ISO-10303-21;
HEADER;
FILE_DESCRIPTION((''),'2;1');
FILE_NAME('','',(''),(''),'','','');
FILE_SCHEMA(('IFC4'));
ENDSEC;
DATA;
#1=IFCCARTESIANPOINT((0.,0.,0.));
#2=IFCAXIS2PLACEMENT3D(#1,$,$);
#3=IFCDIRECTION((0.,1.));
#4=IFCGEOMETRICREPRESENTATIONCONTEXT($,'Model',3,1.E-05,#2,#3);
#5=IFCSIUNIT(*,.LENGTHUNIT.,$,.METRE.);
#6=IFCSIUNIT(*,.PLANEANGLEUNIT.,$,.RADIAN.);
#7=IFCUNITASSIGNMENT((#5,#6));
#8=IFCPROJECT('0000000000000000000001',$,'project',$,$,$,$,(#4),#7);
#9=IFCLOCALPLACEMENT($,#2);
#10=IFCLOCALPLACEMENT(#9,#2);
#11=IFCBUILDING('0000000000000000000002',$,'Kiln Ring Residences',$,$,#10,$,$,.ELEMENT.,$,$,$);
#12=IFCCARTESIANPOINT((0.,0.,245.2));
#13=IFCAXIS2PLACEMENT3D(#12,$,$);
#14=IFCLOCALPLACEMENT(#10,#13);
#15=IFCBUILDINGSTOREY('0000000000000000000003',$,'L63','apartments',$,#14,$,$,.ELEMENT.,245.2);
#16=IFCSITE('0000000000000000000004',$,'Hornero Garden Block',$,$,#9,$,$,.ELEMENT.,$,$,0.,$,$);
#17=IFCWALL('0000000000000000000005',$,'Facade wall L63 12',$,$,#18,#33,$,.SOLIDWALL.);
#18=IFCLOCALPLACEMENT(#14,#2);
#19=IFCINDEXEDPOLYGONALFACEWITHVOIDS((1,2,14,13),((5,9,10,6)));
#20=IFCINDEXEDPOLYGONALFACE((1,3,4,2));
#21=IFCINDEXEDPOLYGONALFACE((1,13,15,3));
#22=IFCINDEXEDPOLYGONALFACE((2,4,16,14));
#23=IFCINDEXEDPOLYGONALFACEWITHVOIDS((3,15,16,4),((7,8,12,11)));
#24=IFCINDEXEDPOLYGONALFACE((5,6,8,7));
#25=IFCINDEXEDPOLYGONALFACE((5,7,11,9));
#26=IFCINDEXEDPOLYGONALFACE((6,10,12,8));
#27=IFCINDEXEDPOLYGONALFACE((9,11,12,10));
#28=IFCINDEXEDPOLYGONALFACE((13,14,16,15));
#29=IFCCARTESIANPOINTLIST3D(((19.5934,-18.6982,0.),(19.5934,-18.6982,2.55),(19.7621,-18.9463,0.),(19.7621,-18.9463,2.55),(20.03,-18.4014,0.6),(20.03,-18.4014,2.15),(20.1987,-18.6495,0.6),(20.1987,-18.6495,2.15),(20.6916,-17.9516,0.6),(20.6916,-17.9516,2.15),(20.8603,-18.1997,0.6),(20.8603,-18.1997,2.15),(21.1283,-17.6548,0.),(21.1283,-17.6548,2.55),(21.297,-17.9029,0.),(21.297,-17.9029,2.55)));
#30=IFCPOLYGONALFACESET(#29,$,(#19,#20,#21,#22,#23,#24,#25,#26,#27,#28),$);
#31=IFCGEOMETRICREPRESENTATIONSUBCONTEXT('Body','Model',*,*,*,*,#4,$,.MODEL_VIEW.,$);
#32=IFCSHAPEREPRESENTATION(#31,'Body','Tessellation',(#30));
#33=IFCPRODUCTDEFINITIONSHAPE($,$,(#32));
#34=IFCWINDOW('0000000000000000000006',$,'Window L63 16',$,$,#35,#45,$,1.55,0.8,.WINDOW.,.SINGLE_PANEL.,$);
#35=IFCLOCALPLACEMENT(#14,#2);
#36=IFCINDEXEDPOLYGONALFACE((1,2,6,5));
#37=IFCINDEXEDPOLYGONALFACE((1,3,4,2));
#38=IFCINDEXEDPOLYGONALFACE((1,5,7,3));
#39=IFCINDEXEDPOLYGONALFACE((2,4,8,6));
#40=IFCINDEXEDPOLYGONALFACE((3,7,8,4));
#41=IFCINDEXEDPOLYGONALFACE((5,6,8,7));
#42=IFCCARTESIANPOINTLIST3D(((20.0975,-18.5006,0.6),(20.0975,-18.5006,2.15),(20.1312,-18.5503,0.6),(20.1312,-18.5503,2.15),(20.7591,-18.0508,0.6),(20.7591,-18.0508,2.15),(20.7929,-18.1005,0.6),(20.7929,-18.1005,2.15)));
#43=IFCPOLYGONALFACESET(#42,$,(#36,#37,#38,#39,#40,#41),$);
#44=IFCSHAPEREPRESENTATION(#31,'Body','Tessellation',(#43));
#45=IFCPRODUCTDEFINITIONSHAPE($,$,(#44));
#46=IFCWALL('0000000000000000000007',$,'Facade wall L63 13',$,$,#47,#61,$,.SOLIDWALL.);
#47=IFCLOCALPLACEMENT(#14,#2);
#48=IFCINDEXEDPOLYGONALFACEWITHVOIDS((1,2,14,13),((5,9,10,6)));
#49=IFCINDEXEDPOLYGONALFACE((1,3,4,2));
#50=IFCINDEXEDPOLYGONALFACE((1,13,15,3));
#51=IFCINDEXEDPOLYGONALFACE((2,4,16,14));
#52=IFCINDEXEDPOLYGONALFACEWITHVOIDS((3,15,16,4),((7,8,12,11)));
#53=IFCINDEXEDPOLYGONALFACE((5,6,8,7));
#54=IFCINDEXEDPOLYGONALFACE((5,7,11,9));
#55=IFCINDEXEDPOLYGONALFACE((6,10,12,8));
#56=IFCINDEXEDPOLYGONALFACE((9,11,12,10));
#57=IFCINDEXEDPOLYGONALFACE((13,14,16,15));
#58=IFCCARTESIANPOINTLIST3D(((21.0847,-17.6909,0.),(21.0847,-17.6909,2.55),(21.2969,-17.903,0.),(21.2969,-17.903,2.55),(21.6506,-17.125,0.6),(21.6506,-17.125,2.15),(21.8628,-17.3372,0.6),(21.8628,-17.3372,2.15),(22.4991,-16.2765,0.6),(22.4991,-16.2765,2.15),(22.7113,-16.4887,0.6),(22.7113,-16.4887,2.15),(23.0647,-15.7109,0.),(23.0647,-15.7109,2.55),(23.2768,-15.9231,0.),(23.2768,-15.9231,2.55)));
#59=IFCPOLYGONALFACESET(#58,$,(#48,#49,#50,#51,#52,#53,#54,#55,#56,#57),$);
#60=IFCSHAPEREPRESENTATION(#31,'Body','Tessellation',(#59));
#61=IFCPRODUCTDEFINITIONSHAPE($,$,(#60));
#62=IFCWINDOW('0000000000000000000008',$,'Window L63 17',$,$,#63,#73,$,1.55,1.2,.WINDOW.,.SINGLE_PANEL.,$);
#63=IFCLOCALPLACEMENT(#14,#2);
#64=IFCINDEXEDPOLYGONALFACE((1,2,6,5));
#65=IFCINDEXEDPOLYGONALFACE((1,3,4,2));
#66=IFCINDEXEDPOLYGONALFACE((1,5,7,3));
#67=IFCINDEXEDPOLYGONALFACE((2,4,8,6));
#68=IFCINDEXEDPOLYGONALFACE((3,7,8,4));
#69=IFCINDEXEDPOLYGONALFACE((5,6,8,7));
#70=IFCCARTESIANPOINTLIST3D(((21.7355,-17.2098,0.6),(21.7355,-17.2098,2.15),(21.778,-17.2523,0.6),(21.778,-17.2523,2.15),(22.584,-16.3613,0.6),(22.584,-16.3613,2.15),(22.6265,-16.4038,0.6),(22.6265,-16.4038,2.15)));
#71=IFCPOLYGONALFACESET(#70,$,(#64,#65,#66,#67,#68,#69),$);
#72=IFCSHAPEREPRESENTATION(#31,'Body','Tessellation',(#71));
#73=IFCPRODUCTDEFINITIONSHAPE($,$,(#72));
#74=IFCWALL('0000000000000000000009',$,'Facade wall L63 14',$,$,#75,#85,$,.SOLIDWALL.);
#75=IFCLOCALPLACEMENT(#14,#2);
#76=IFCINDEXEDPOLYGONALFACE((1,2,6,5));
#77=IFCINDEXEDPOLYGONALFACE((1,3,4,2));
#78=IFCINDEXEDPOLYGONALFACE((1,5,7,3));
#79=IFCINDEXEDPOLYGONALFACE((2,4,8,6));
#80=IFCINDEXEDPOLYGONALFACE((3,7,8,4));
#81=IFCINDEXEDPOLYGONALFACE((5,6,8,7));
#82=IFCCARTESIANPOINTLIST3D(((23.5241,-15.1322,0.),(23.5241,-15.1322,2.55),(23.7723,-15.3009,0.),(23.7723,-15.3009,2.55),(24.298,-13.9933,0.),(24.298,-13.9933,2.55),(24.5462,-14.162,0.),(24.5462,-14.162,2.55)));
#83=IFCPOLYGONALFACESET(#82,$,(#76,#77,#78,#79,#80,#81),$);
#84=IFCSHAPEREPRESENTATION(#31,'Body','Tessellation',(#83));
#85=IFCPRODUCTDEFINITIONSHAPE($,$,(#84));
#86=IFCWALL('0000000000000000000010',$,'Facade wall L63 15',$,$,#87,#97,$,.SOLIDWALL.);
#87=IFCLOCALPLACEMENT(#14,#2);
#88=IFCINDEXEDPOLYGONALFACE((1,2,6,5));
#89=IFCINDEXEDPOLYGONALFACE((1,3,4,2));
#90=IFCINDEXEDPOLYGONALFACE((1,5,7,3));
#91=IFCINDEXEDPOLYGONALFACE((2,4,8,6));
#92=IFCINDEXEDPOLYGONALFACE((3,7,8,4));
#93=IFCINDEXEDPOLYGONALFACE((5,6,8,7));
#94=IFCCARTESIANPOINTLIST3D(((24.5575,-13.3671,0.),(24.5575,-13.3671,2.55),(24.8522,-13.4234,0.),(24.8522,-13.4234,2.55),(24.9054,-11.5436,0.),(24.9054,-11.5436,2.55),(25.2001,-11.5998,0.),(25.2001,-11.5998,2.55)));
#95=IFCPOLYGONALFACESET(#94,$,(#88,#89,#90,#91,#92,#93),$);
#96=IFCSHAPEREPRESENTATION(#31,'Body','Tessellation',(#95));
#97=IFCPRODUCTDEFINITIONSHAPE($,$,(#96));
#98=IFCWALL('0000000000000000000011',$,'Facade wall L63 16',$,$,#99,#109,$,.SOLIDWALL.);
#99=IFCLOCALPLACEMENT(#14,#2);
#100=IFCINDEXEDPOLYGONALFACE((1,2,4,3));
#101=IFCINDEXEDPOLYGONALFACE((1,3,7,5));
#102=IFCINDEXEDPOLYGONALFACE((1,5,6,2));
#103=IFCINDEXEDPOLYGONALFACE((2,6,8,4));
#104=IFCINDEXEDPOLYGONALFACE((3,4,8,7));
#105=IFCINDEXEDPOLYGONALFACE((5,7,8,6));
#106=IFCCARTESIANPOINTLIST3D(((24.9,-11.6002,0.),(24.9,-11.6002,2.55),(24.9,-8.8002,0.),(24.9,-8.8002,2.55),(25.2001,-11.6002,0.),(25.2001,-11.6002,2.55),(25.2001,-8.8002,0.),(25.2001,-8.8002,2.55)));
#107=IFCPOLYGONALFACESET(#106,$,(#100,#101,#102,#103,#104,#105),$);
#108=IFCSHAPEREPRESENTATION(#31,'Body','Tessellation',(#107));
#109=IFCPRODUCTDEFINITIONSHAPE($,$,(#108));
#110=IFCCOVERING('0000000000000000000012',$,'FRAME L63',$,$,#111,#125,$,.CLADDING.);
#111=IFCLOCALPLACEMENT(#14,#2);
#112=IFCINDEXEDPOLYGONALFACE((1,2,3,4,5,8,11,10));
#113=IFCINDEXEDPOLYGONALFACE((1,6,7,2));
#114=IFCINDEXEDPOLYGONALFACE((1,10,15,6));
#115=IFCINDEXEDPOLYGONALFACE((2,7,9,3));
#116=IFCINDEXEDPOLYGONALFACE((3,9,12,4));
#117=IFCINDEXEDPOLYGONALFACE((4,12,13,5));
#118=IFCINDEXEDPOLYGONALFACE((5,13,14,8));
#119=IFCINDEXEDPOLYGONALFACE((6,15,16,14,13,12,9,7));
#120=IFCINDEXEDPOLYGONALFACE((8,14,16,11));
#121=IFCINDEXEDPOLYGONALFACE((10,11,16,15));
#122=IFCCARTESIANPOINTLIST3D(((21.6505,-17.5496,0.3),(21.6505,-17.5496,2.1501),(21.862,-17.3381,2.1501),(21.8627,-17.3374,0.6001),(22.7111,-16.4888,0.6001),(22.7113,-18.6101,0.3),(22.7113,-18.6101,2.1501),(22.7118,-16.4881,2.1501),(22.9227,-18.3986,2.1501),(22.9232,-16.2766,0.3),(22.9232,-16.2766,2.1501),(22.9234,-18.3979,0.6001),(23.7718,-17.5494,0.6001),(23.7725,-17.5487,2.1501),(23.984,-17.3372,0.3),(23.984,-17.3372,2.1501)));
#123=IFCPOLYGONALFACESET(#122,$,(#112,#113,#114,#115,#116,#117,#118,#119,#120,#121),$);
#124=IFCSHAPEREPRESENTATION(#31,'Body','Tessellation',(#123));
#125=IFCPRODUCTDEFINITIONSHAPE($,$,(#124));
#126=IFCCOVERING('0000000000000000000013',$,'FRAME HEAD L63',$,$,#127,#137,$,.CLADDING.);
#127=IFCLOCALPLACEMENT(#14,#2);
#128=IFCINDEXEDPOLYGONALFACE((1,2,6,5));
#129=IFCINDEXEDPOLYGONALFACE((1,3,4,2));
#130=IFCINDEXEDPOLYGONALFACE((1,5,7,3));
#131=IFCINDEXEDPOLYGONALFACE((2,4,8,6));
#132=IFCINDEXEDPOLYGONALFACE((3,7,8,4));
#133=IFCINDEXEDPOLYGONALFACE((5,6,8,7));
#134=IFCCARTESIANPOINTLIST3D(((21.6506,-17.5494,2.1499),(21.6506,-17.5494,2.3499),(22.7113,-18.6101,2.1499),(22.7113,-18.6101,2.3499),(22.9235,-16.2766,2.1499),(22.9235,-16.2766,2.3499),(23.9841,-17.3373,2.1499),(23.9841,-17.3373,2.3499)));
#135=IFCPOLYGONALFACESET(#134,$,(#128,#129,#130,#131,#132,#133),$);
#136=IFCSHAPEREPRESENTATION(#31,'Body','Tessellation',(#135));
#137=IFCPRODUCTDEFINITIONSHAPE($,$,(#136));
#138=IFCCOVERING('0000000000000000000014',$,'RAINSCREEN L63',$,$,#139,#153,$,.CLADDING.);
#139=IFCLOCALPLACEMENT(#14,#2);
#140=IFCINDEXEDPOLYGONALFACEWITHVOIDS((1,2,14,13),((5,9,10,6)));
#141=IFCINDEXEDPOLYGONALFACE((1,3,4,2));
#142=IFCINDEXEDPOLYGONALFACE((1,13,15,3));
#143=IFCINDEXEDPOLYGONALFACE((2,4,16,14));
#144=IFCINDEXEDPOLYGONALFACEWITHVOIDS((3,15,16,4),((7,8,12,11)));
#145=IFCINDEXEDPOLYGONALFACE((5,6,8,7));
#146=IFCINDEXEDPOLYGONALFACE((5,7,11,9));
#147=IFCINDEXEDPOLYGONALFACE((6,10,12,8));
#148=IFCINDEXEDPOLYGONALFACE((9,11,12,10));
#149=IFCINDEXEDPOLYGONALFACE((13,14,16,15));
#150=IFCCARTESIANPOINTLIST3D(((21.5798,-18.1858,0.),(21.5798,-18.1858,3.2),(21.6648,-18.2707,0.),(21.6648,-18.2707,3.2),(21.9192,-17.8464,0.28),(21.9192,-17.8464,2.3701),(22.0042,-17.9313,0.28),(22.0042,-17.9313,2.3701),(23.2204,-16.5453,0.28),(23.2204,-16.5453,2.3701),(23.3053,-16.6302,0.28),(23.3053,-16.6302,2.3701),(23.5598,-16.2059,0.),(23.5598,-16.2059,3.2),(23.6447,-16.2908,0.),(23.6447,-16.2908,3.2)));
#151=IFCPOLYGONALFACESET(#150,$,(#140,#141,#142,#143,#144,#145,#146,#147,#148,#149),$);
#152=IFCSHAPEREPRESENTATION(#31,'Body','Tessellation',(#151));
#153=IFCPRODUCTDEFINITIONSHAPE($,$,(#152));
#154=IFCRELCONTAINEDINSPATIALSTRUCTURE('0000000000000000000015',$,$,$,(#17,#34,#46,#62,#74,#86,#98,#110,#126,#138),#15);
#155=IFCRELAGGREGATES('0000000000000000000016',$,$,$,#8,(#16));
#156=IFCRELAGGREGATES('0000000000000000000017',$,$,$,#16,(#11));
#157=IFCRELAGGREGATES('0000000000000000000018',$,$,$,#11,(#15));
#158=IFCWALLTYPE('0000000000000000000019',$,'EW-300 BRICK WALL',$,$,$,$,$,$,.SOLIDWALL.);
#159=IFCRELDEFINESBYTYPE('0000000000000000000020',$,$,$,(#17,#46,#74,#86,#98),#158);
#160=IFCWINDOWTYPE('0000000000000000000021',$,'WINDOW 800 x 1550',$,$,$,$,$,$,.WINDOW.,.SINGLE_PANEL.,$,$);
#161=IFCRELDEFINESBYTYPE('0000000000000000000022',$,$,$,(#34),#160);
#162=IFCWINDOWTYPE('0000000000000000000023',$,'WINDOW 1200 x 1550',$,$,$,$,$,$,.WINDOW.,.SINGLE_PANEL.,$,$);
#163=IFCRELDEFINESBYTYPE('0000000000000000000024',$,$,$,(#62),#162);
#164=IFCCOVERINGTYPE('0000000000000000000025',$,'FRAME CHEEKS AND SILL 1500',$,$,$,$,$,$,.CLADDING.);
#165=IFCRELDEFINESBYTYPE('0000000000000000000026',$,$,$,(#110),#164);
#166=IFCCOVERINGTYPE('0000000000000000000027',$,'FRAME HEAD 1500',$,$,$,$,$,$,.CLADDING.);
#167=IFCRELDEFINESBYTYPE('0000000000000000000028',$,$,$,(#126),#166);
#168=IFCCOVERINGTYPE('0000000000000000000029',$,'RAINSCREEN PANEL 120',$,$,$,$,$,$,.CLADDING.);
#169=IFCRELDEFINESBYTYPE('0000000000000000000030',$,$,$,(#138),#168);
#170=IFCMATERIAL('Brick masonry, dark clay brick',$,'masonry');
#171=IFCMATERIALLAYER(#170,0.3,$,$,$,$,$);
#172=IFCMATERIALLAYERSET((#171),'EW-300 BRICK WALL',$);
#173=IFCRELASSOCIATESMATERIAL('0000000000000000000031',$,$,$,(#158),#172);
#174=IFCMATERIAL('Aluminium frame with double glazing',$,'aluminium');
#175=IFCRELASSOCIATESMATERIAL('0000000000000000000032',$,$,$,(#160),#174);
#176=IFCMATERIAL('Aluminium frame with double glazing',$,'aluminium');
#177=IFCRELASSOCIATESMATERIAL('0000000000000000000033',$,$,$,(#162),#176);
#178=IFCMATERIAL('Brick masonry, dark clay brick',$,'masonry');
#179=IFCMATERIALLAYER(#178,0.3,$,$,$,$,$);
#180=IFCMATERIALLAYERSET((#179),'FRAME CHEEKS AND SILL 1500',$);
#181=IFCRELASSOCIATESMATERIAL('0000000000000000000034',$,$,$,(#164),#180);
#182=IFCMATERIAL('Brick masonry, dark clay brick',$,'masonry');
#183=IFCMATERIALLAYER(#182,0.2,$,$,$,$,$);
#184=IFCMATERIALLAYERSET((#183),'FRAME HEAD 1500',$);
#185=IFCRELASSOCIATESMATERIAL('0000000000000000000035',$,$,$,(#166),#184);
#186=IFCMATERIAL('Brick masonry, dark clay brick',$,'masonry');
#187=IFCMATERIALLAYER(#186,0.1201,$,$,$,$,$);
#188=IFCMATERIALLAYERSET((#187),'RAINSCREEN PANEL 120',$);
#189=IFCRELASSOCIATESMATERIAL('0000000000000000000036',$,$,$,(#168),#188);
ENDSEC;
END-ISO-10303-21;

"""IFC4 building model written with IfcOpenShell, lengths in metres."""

from ifc_helpers import new_model, si_unit, direction, frame, frame_2d, origin, origin_2d, place, context, subcontext, project, spatial, polyline, rectangle, outline, extrude, material, layer, layer_set, type_object, element, fill, save


model = new_model("IFC4")

# Units and contexts
model_context = context("Model", 3, precision=1e-05, world=origin(), true_north=direction((0.0, 1.0)))
body_context = subcontext(model_context, "Body", "Model", "MODEL_VIEW")
ifc_project = project(units=[si_unit("LENGTHUNIT", "METRE"), si_unit("PLANEANGLEUNIT", "RADIAN")], contexts=[model_context])

# Site, building, storey
site_placement = place(None, origin())
site = spatial("IfcSite", under=ifc_project, at=site_placement, Name="Hornero Garden Block", CompositionType="ELEMENT", RefElevation=0.0)
building_placement = place(site_placement, origin())
building = spatial("IfcBuilding", under=site, at=building_placement, Name="Kiln Ring Residences", CompositionType="ELEMENT")
storey_placement = place(building_placement, frame((0.0, 0.0, 245.2)))
storey = spatial("IfcBuildingStorey", under=building, at=storey_placement, Name="L63", Description="apartments", CompositionType="ELEMENT", Elevation=245.2)

# Walls, openings, windows
ifc_material_1 = material(Name="Brick masonry, dark clay brick", Category="masonry")
ifc_layer_1 = layer(ifc_material_1, 0.3)
ifc_layer_set_1 = layer_set([ifc_layer_1], Name="EW-300 BRICK WALL")
wall_type_1 = type_object("IfcWallType", Name="EW-300 BRICK WALL", PredefinedType="SOLIDWALL", material=ifc_layer_set_1)
wall_1_placement = place(storey_placement, frame((19.6777, -18.8223, 0.0), z_axis=(0.0, 0.0, 1.0), x_axis=(0.826997, 0.562206, 0.0)))
wall_1 = element("IfcWall", 1, at=wall_1_placement, inside=storey, type_object=wall_type_1, Name="Facade wall L63 12", PredefinedType="SOLIDWALL", context=body_context, shape_type="SweptSolid", body=[
    extrude(rectangle(XDim=1.856, YDim=0.3, at=frame_2d((0.928, 0.0))), origin(), (0.0, 0.0, 1.0), 2.55),
])
opening_1_placement = place(wall_1_placement, frame((0.5281, 0.0, 0.6001)))
opening_1 = element("IfcOpeningElement", 2, at=opening_1_placement, cuts=wall_1, PredefinedType="OPENING", context=body_context, shape_type="SweptSolid", body=[
    extrude(rectangle(XDim=0.8, YDim=1.55, at=frame_2d((0.3999, 0.7749))), frame((0.0, 0.1599, 0.0), z_axis=(0.0, -1.0, 0.0), x_axis=(1.0, 0.0, 0.0)), (0.0, 0.0, 1.0), 0.3201),
])
ifc_material_2 = material(Name="Aluminium frame with double glazing", Category="aluminium")
window_type_1 = type_object("IfcWindowType", Name="WINDOW 800 x 1550", PartitioningType="SINGLE_PANEL", PredefinedType="WINDOW", material=ifc_material_2)
window_1_placement = place(opening_1_placement, origin())
window_1 = element("IfcWindow", 3, at=window_1_placement, inside=storey, type_object=window_type_1, Name="Window L63 16", OverallHeight=1.55, OverallWidth=0.8, PartitioningType="SINGLE_PANEL", PredefinedType="WINDOW", context=body_context, shape_type="SweptSolid", body=[
    extrude(rectangle(XDim=0.8, YDim=1.55, at=frame_2d((0.3999, 0.7749))), frame((0.0, 0.03, 0.0), z_axis=(0.0, -1.0, 0.0), x_axis=(1.0, 0.0, 0.0)), (0.0, 0.0, 1.0), 0.0601),
])
fill(opening_1, window_1)
wall_2_placement = place(storey_placement, frame((21.1909, -17.7969, 0.0), z_axis=(0.0, 0.0, 1.0), x_axis=(0.707107, 0.707107, 0.0)))
wall_2 = element("IfcWall", 4, at=wall_2_placement, inside=storey, type_object=wall_type_1, Name="Facade wall L63 13", PredefinedType="SOLIDWALL", context=body_context, shape_type="SweptSolid", body=[
    extrude(rectangle(XDim=2.8, YDim=0.3, at=frame_2d((1.3999, 0.0))), origin(), (0.0, 0.0, 1.0), 2.55),
])
opening_2_placement = place(wall_2_placement, frame((0.8, 0.0, 0.6001)))
opening_2 = element("IfcOpeningElement", 5, at=opening_2_placement, cuts=wall_2, PredefinedType="OPENING", context=body_context, shape_type="SweptSolid", body=[
    extrude(rectangle(XDim=1.2, YDim=1.55, at=frame_2d((0.6001, 0.7749))), frame((0.0, 0.1599, 0.0), z_axis=(0.0, -1.0, 0.0), x_axis=(1.0, 0.0, 0.0)), (0.0, 0.0, 1.0), 0.3201),
])
ifc_material_3 = material(Name="Aluminium frame with double glazing", Category="aluminium")
window_type_2 = type_object("IfcWindowType", Name="WINDOW 1200 x 1550", PartitioningType="SINGLE_PANEL", PredefinedType="WINDOW", material=ifc_material_3)
window_2_placement = place(opening_2_placement, origin())
window_2 = element("IfcWindow", 6, at=window_2_placement, inside=storey, type_object=window_type_2, Name="Window L63 17", OverallHeight=1.55, OverallWidth=1.2, PartitioningType="SINGLE_PANEL", PredefinedType="WINDOW", context=body_context, shape_type="SweptSolid", body=[
    extrude(rectangle(XDim=1.2, YDim=1.55, at=frame_2d((0.6001, 0.7749))), frame((0.0, 0.03, 0.0), z_axis=(0.0, -1.0, 0.0), x_axis=(1.0, 0.0, 0.0)), (0.0, 0.0, 1.0), 0.0601),
])
fill(opening_2, window_2)

# Walls
wall_3_placement = place(storey_placement, frame((23.6482, -15.2166, 0.0), z_axis=(0.0, 0.0, 1.0), x_axis=(0.562043, 0.827108, 0.0)))
element("IfcWall", 7, at=wall_3_placement, inside=storey, type_object=wall_type_1, Name="Facade wall L63 14", PredefinedType="SOLIDWALL", context=body_context, shape_type="SweptSolid", body=[
    extrude(rectangle(XDim=1.377, YDim=0.3, at=frame_2d((0.6885, 0.0))), origin(), (0.0, 0.0, 1.0), 2.55),
])
wall_4_placement = place(storey_placement, frame((24.7048, -13.3953, 0.0), z_axis=(0.0, 0.0, 1.0), x_axis=(0.187408, 0.982282, 0.0)))
element("IfcWall", 8, at=wall_4_placement, inside=storey, type_object=wall_type_1, Name="Facade wall L63 15", PredefinedType="SOLIDWALL", context=body_context, shape_type="SweptSolid", body=[
    extrude(rectangle(XDim=1.8564, YDim=0.3, at=frame_2d((0.9282, 0.0))), origin(), (0.0, 0.0, 1.0), 2.55),
])
wall_5_placement = place(storey_placement, frame((25.05, -11.6001, 0.0), z_axis=(0.0, 0.0, 1.0), x_axis=(0.0, 1.0, 0.0)))
element("IfcWall", 9, at=wall_5_placement, inside=storey, type_object=wall_type_1, Name="Facade wall L63 16", PredefinedType="SOLIDWALL", context=body_context, shape_type="SweptSolid", body=[
    extrude(rectangle(XDim=2.8, YDim=0.3, at=frame_2d((1.3999, 0.0))), origin(), (0.0, 0.0, 1.0), 2.55),
])

# Coverings
ifc_material_4 = material(Name="Brick masonry, dark clay brick", Category="masonry")
ifc_layer_2 = layer(ifc_material_4, 0.3)
ifc_layer_set_2 = layer_set([ifc_layer_2], Name="FRAME CHEEKS AND SILL 1500")
covering_type_1 = type_object("IfcCoveringType", Name="FRAME CHEEKS AND SILL 1500", PredefinedType="CLADDING", material=ifc_layer_set_2)
covering_1_placement = place(storey_placement, frame((22.1809, -18.0798, 0.3), z_axis=(0.0, 0.0, 1.0), x_axis=(0.707039, 0.707175, 0.0)))
element("IfcCovering", 10, at=covering_1_placement, inside=storey, type_object=covering_type_1, Name="FRAME L63", PredefinedType="CLADDING", context=body_context, shape_type="SweptSolid", body=[
    extrude(outline(polyline([(0.0, 0.0), (1.8, 0.0), (1.8, 1.8501), (1.501, 1.8501), (1.5, 0.3), (0.3, 0.3), (0.2991, 1.8501), (0.0, 1.8501), (0.0, 0.0)])), frame((0.0, 0.75, 0.0), z_axis=(0.0, -1.0, 0.0), x_axis=(1.0, 0.0, 0.0)), (0.0, 0.0, 1.0), 1.5),
])
ifc_material_5 = material(Name="Brick masonry, dark clay brick", Category="masonry")
ifc_layer_3 = layer(ifc_material_5, 0.2)
ifc_layer_set_3 = layer_set([ifc_layer_3], Name="FRAME HEAD 1500")
covering_type_2 = type_object("IfcCoveringType", Name="FRAME HEAD 1500", PredefinedType="CLADDING", material=ifc_layer_set_3)
covering_2_placement = place(storey_placement, frame((22.8174, -17.4434, 2.1499), z_axis=(0.0, 0.0, 1.0), x_axis=(0.707107, 0.707107, 0.0)))
element("IfcCovering", 11, at=covering_2_placement, inside=storey, type_object=covering_type_2, Name="FRAME HEAD L63", PredefinedType="CLADDING", context=body_context, shape_type="SweptSolid", body=[
    extrude(rectangle(XDim=1.8, YDim=1.5, at=origin_2d()), origin(), (0.0, 0.0, 1.0), 0.2),
])
ifc_material_6 = material(Name="Brick masonry, dark clay brick", Category="masonry")
ifc_layer_4 = layer(ifc_material_6, 0.1201)
ifc_layer_set_4 = layer_set([ifc_layer_4], Name="RAINSCREEN PANEL 120")
covering_type_3 = type_object("IfcCoveringType", Name="RAINSCREEN PANEL 120", PredefinedType="CLADDING", material=ifc_layer_set_4)
covering_3_placement = place(storey_placement, frame((21.6223, -18.2283, 0.0), z_axis=(0.0, 0.0, 1.0), x_axis=(0.707107, 0.707107, 0.0)))
element("IfcCovering", 12, at=covering_3_placement, inside=storey, type_object=covering_type_3, Name="RAINSCREEN L63", PredefinedType="CLADDING", context=body_context, shape_type="SweptSolid", body=[
    extrude(outline(polyline([(0.0, 0.0), (2.8, 0.0), (2.8, 3.2), (0.0, 3.2), (0.0, 0.0)]), holes=[polyline([(0.48, 2.3701), (0.48, 0.28), (2.3201, 0.28), (2.3201, 2.3701), (0.48, 2.3701)])]), frame((0.0, 0.0601, 0.0), z_axis=(0.0, -1.0, 0.0), x_axis=(1.0, 0.0, 0.0)), (0.0, 0.0, 1.0), 0.1201),
])

save(model, "model.ifc")
